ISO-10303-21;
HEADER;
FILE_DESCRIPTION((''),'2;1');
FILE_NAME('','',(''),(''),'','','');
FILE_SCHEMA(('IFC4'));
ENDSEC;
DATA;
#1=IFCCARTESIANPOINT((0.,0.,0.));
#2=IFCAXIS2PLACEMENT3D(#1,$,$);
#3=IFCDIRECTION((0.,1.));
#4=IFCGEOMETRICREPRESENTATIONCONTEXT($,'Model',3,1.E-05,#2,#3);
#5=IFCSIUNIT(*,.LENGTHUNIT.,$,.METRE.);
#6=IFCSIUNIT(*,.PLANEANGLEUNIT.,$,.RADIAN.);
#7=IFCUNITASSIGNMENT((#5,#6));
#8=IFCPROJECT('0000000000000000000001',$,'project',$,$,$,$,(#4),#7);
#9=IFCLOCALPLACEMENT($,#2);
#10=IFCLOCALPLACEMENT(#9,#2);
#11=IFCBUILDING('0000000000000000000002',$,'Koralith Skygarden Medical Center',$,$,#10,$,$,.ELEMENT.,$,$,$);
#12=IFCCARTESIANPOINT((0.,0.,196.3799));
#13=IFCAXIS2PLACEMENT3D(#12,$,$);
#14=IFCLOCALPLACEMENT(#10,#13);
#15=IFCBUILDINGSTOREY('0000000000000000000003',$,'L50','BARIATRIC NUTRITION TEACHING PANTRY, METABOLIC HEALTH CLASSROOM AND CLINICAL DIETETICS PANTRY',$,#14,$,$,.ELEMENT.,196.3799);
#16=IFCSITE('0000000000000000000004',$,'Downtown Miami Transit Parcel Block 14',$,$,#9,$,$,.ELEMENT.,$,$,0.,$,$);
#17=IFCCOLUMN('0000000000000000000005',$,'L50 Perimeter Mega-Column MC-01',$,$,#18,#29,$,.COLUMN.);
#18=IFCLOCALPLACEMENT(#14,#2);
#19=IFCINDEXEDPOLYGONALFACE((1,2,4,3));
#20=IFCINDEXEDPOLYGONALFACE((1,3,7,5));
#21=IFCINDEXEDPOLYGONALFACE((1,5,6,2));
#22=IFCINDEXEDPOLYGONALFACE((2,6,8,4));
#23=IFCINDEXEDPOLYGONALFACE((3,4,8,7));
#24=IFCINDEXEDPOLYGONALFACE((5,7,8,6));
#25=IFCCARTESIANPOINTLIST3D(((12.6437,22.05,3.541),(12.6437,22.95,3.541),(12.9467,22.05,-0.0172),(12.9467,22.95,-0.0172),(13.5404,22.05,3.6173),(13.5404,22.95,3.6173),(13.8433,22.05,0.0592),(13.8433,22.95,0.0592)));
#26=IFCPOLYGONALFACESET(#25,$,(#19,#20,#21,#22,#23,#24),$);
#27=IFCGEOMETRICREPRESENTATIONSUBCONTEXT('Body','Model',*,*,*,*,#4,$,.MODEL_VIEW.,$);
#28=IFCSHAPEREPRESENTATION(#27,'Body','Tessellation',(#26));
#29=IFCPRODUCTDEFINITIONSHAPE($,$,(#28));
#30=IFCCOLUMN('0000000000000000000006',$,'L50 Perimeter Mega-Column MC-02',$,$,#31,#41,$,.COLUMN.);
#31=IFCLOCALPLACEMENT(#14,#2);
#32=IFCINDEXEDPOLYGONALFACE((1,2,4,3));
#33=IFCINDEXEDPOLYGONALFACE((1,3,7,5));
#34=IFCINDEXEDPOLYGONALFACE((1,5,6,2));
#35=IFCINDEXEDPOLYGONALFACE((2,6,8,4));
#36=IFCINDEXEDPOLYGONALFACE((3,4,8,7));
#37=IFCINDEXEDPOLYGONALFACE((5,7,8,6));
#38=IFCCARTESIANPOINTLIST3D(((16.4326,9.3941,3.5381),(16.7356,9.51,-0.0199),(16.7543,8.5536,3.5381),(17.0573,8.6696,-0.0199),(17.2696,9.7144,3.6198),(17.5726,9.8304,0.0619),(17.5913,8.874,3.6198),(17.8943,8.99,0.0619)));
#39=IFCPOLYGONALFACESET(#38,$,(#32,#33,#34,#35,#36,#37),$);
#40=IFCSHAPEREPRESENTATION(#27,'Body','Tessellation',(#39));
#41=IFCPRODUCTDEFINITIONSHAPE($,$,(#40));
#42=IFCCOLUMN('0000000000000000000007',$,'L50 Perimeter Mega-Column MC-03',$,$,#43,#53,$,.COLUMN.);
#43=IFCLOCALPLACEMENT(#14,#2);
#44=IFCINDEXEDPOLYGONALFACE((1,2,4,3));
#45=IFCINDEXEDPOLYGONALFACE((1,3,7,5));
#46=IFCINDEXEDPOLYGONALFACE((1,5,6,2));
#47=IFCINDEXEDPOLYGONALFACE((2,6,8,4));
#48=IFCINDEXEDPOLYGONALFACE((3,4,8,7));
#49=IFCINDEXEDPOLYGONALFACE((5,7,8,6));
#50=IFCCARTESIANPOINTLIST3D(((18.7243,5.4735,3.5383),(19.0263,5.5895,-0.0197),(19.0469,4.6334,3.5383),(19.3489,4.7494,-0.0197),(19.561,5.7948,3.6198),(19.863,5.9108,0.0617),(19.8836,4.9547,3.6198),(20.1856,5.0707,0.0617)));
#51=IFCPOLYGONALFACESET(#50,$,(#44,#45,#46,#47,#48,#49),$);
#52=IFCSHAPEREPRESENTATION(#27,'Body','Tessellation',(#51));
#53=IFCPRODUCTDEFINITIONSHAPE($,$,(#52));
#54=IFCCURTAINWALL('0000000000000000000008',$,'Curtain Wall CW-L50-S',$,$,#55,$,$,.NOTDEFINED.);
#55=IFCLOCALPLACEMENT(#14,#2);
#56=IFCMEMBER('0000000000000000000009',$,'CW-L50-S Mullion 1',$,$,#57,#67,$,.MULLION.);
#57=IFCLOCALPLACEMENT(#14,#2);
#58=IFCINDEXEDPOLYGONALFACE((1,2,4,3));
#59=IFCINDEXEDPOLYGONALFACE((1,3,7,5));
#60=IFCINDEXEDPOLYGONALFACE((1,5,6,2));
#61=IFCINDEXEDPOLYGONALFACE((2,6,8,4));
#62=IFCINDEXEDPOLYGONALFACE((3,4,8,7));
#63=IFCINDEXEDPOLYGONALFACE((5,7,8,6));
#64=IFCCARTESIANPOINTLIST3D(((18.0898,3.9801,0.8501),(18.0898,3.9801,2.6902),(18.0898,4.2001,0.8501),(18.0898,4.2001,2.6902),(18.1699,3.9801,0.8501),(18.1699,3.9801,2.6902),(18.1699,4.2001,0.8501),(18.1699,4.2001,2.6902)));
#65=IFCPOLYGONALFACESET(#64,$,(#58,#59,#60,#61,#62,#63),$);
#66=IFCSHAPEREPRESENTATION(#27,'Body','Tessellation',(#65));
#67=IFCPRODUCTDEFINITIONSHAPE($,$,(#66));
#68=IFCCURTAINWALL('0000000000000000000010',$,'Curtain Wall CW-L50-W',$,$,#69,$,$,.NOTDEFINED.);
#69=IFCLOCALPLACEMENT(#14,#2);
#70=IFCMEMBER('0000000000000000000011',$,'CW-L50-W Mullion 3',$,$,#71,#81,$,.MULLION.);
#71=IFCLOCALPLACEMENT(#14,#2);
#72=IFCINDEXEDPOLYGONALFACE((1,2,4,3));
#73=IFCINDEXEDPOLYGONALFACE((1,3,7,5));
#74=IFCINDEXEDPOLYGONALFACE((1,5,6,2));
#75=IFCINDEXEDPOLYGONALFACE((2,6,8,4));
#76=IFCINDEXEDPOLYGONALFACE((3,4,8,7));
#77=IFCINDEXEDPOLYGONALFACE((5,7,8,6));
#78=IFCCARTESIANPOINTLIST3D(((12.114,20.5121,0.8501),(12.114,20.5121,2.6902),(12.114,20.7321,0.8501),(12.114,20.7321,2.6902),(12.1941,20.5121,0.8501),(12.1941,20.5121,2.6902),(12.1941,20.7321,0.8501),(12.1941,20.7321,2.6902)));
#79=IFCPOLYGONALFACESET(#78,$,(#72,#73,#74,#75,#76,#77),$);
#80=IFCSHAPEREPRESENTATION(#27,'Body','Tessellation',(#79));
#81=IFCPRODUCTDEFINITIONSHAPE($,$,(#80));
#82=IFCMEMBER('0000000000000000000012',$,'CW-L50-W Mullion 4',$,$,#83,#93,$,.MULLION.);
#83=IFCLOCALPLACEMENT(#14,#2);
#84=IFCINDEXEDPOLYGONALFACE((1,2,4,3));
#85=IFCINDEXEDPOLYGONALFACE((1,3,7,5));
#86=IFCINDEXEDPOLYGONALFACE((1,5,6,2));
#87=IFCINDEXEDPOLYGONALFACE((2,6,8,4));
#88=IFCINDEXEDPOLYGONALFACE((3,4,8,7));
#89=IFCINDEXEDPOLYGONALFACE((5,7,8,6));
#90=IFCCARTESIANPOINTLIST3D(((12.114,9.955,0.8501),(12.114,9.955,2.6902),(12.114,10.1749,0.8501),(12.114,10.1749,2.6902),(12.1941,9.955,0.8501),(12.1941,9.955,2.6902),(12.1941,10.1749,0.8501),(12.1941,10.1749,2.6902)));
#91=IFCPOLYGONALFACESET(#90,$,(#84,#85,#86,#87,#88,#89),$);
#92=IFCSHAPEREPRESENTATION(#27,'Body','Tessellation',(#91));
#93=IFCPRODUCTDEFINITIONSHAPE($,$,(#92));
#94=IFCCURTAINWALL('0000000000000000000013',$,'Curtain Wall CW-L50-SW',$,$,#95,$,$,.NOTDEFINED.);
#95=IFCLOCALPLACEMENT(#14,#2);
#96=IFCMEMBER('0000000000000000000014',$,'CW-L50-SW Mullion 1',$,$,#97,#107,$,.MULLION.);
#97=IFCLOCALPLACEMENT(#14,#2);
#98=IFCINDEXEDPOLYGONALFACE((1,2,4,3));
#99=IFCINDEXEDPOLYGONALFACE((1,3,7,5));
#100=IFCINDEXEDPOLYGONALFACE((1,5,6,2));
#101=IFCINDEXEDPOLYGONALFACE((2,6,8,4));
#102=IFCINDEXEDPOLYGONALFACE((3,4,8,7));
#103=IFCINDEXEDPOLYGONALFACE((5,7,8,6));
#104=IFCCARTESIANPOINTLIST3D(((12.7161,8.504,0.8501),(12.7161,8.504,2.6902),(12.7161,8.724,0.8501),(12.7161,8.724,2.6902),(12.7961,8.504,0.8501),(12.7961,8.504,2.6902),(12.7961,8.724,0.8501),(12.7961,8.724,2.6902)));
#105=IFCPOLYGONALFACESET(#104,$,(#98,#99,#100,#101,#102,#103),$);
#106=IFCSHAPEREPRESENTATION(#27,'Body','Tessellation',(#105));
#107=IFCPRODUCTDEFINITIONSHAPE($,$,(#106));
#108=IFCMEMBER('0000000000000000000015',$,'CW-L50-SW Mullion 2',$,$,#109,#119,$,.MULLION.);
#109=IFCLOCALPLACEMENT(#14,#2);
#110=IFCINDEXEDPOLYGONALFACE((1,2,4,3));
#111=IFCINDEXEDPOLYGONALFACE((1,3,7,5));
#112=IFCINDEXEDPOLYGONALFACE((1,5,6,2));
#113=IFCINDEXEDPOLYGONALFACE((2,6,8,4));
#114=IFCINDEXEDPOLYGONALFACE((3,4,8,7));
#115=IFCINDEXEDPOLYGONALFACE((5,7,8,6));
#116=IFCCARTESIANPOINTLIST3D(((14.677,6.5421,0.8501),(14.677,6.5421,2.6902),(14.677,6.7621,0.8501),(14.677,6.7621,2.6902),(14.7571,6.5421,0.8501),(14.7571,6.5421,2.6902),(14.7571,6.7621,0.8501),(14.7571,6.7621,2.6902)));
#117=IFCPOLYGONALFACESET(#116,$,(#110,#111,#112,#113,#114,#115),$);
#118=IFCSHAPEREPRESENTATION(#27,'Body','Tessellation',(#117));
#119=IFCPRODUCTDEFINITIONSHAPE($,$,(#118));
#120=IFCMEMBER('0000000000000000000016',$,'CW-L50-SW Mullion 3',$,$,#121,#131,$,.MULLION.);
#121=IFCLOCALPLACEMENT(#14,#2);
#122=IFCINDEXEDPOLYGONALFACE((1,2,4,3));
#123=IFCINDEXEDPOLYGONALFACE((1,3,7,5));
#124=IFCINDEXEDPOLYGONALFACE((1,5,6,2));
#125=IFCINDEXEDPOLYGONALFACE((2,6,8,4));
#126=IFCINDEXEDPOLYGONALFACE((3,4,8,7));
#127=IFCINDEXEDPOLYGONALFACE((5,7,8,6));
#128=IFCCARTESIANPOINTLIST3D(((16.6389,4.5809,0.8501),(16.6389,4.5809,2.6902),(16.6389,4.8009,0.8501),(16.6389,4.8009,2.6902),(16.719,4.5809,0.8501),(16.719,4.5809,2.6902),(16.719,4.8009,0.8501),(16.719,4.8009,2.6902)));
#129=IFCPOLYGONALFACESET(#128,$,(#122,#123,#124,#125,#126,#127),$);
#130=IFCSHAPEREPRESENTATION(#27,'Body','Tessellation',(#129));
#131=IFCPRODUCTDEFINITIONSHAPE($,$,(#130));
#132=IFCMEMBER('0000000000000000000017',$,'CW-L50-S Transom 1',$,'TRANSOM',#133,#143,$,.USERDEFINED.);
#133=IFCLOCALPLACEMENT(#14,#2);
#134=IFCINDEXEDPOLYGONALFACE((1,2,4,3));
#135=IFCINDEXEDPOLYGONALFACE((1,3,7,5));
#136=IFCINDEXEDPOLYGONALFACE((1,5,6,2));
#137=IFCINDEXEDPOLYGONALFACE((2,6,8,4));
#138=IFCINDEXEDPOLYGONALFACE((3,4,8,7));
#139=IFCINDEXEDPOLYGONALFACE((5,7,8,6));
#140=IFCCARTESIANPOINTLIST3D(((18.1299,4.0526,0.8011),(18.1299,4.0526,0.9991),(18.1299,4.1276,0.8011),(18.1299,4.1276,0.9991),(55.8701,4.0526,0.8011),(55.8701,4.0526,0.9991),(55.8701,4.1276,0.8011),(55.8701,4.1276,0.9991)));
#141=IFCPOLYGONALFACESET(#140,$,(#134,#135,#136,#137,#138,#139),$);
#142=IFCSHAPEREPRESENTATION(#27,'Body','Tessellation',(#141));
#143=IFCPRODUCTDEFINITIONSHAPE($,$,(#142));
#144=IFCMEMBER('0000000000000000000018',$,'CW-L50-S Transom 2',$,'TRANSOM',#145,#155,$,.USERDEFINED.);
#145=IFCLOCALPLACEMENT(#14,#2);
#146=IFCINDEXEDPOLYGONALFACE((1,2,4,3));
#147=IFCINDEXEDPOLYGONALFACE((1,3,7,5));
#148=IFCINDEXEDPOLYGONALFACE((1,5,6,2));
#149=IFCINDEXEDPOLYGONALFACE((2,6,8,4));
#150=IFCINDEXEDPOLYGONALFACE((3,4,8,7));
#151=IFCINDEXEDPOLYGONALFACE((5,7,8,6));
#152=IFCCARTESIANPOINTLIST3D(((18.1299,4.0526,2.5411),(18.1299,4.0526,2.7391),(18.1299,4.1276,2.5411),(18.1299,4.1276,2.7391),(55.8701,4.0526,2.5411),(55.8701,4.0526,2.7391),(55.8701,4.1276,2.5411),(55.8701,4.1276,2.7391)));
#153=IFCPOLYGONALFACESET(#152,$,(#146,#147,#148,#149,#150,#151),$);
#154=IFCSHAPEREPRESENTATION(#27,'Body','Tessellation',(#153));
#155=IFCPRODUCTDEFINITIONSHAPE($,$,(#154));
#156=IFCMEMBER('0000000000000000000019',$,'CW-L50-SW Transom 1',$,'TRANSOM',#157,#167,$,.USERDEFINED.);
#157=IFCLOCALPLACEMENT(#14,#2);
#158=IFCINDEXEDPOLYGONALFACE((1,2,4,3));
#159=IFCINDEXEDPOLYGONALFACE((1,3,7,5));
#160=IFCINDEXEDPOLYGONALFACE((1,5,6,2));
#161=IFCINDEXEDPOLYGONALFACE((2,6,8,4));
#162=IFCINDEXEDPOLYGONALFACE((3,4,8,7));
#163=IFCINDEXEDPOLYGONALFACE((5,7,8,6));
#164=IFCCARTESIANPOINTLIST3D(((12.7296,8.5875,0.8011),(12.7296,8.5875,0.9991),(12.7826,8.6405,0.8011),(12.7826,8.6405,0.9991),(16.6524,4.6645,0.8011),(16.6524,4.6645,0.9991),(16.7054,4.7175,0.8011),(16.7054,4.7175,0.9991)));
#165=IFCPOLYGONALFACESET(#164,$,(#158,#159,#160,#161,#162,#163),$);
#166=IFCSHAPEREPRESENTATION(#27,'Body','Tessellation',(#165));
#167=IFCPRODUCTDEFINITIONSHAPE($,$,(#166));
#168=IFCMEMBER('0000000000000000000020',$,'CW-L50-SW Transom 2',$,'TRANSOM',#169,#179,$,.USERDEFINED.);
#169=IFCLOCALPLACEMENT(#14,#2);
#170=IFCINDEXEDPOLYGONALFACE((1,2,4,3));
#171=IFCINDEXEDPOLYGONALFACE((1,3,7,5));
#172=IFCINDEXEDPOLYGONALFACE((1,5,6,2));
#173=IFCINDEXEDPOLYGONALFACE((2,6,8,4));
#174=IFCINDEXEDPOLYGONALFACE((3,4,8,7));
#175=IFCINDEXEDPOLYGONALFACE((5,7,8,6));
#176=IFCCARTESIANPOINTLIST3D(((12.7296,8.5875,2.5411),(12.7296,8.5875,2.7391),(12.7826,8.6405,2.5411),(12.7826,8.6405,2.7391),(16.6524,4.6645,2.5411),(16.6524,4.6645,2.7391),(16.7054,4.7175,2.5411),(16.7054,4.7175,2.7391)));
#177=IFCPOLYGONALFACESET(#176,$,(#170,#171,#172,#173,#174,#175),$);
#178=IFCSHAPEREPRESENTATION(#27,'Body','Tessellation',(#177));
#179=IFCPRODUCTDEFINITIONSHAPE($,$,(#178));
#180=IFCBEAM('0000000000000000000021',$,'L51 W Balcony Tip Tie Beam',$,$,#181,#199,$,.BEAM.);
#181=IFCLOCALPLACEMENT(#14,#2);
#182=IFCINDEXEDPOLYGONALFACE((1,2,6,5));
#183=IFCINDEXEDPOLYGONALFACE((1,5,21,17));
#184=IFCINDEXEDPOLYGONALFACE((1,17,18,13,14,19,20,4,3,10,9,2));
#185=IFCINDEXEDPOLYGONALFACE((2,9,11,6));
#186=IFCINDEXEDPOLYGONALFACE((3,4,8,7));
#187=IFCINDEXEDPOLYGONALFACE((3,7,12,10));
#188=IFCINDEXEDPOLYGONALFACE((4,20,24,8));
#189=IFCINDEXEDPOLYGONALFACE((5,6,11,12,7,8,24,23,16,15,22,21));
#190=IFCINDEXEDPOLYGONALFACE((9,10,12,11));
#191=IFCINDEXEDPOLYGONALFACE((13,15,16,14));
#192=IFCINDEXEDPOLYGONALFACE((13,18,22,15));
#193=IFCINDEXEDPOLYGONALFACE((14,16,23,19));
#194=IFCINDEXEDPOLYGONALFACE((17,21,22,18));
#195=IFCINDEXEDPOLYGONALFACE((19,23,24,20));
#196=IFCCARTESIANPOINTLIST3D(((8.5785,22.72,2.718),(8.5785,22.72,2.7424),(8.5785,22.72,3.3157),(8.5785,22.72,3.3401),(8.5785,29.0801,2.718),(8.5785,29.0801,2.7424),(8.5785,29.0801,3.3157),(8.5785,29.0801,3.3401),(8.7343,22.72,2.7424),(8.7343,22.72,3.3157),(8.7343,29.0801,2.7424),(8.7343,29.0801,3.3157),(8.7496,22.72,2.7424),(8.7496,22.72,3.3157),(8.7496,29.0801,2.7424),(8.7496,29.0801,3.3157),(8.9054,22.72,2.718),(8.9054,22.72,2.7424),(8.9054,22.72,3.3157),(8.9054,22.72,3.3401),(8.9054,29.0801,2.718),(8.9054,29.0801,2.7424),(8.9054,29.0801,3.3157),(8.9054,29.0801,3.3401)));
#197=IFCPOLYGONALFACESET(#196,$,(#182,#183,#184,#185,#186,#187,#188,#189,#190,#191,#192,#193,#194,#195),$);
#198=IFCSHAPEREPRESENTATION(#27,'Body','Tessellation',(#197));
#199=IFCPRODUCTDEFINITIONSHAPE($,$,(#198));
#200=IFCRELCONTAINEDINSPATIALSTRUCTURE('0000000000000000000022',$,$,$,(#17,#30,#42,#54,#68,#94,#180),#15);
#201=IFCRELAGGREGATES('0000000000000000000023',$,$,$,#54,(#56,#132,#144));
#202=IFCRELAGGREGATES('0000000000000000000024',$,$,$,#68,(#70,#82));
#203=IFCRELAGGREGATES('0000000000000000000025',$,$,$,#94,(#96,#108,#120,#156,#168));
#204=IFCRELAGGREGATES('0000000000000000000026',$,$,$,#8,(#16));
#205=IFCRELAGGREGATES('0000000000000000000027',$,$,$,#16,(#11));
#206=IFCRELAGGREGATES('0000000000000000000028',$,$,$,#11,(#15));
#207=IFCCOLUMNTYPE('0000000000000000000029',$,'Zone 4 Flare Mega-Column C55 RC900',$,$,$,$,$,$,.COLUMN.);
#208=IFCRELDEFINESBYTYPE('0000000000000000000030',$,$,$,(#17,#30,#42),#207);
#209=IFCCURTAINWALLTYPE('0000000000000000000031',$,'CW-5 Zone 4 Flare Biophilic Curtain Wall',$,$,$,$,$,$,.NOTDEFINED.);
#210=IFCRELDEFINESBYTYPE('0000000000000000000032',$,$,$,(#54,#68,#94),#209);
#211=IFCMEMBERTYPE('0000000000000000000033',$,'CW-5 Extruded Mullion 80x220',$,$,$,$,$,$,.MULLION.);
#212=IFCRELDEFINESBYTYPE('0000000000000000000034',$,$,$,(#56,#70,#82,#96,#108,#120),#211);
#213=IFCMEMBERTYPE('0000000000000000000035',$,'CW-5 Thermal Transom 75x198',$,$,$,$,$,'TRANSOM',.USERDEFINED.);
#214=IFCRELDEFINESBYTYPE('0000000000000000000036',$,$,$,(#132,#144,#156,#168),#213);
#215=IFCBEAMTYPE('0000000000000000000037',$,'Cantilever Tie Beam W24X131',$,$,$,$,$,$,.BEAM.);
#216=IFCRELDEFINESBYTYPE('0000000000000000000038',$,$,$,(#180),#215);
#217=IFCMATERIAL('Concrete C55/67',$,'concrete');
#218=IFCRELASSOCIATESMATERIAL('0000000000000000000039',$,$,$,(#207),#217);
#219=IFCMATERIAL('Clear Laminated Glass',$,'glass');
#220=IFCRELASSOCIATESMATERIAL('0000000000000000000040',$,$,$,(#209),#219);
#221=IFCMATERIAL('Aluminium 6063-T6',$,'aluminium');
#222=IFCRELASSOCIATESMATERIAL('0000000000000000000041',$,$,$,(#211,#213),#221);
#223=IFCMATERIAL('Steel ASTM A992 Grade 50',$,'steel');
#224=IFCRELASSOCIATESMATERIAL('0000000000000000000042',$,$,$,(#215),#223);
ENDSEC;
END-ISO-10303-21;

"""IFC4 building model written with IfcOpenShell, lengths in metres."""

from ifc_helpers import new_model, si_unit, direction, frame, origin, origin_2d, place, context, subcontext, project, spatial, rectangle, i_section, extrude, material, material_profile, profile_set, type_object, element, aggregate, save


model = new_model("IFC4")

# Units and contexts
model_context = context("Model", 3, precision=1e-05, world=origin(), true_north=direction((0.0, 1.0)))
body_context = subcontext(model_context, "Body", "Model", "MODEL_VIEW")
ifc_project = project(units=[si_unit("LENGTHUNIT", "METRE"), si_unit("PLANEANGLEUNIT", "RADIAN")], contexts=[model_context])

# Site, building, storey
site_placement = place(None, origin())
site = spatial("IfcSite", under=ifc_project, at=site_placement, Name="Downtown Miami Transit Parcel Block 14", CompositionType="ELEMENT", RefElevation=0.0)
building_placement = place(site_placement, origin())
building = spatial("IfcBuilding", under=site, at=building_placement, Name="Koralith Skygarden Medical Center", CompositionType="ELEMENT")
storey_placement = place(building_placement, frame((0.0, 0.0, 196.3799)))
storey = spatial("IfcBuildingStorey", under=building, at=storey_placement, Name="L50", Description="BARIATRIC NUTRITION TEACHING PANTRY, METABOLIC HEALTH CLASSROOM AND CLINICAL DIETETICS PANTRY", CompositionType="ELEMENT", Elevation=196.3799)

# Columns
ifc_material_1 = material(Name="Concrete C55/67", Category="concrete")
ifc_material_profile_1 = material_profile(ifc_material_1, rectangle(XDim=0.8999, YDim=0.8999, at=origin_2d()), Name="RC900X900")
ifc_profile_set_1 = profile_set([ifc_material_profile_1], Name="Concrete C55/67")
column_type = type_object("IfcColumnType", Name="Zone 4 Flare Mega-Column C55 RC900", PredefinedType="COLUMN", material=ifc_profile_set_1)
column_placement = place(storey_placement, frame((13.395, 22.5, 0.021), z_axis=(-0.084845, 0.0, 0.996394), x_axis=(0.0, -1.0, 0.0)))
element("IfcColumn", 1, at=column_placement, inside=storey, type_object=column_type, Name="L50 Perimeter Mega-Column MC-01", PredefinedType="COLUMN", context=body_context, shape_type="SweptSolid", body=[
    extrude(rectangle(XDim=0.8999, YDim=0.8999, at=origin_2d()), origin(), (0.0, 0.0, 1.0), 3.571),
])
for number, where, z_axis, x_axis, name in (
    (2, (17.3149, 9.25, 0.021), (-0.0848, -0.032458, 0.995869), (0.357466, -0.933926, 0.0), "L50 Perimeter Mega-Column MC-02"),
    (3, (19.606, 5.3301, 0.021), (-0.084529, -0.032458, 0.995892), (0.358473, -0.93354, 0.0), "L50 Perimeter Mega-Column MC-03"),
):
    element("IfcColumn", number, at=place(storey_placement, frame(where, z_axis=z_axis, x_axis=x_axis)), inside=storey, type_object=column_type, Name=name, PredefinedType="COLUMN", context=body_context, shape_type="SweptSolid", body=[
        extrude(rectangle(XDim=0.8999, YDim=0.8999, at=origin_2d()), origin(), (0.0, 0.0, 1.0), 3.5728),
    ])

# Curtain wall, member
ifc_material_2 = material(Name="Clear Laminated Glass", Category="glass")
curtain_wall_type = type_object("IfcCurtainWallType", Name="CW-5 Zone 4 Flare Biophilic Curtain Wall", PredefinedType="NOTDEFINED", material=ifc_material_2)
curtain_wall_1_placement = place(storey_placement, origin())
curtain_wall_1 = element("IfcCurtainWall", 4, at=curtain_wall_1_placement, inside=storey, type_object=curtain_wall_type, Name="Curtain Wall CW-L50-S", PredefinedType="NOTDEFINED")
ifc_material_3 = material(Name="Aluminium 6063-T6", Category="aluminium")
ifc_material_profile_2 = material_profile(ifc_material_3, rectangle(XDim=0.0801, YDim=0.22, at=origin_2d()), Name="MUL80X220")
ifc_profile_set_2 = profile_set([ifc_material_profile_2], Name="Aluminium 6063-T6")
member_type_1 = type_object("IfcMemberType", Name="CW-5 Extruded Mullion 80x220", PredefinedType="MULLION", material=ifc_profile_set_2)
member_1_placement = place(storey_placement, frame((18.1299, 4.0901, 0.8501), z_axis=(0.0, 0.0, 1.0), x_axis=(1.0, 0.0, 0.0)))
member_1 = element("IfcMember", 5, at=member_1_placement, type_object=member_type_1, Name="CW-L50-S Mullion 1", PredefinedType="MULLION", context=body_context, shape_type="SweptSolid", body=[
    extrude(rectangle(XDim=0.0801, YDim=0.22, at=origin_2d()), origin(), (0.0, 0.0, 1.0), 1.8401),
])

# Curtain walls, members
curtain_wall_2_placement = place(storey_placement, origin())
curtain_wall_2 = element("IfcCurtainWall", 6, at=curtain_wall_2_placement, inside=storey, type_object=curtain_wall_type, Name="Curtain Wall CW-L50-W", PredefinedType="NOTDEFINED")
member_2_placement = place(storey_placement, frame((12.1541, 20.6221, 0.8501), z_axis=(0.0, 0.0, 1.0), x_axis=(1.0, 0.0, 0.0)))
member_2 = element("IfcMember", 7, at=member_2_placement, type_object=member_type_1, Name="CW-L50-W Mullion 3", PredefinedType="MULLION", context=body_context, shape_type="SweptSolid", body=[
    extrude(rectangle(XDim=0.0801, YDim=0.22, at=origin_2d()), origin(), (0.0, 0.0, 1.0), 1.8401),
])
member_3_placement = place(storey_placement, frame((12.1541, 10.0649, 0.8501), z_axis=(0.0, 0.0, 1.0), x_axis=(1.0, 0.0, 0.0)))
member_3 = element("IfcMember", 8, at=member_3_placement, type_object=member_type_1, Name="CW-L50-W Mullion 4", PredefinedType="MULLION", context=body_context, shape_type="SweptSolid", body=[
    extrude(rectangle(XDim=0.0801, YDim=0.22, at=origin_2d()), origin(), (0.0, 0.0, 1.0), 1.8401),
])
curtain_wall_3_placement = place(storey_placement, origin())
curtain_wall_3 = element("IfcCurtainWall", 9, at=curtain_wall_3_placement, inside=storey, type_object=curtain_wall_type, Name="Curtain Wall CW-L50-SW", PredefinedType="NOTDEFINED")
member_4_placement = place(storey_placement, frame((12.7561, 8.614, 0.8501), z_axis=(0.0, 0.0, 1.0), x_axis=(1.0, 0.0, 0.0)))
member_4 = element("IfcMember", 10, at=member_4_placement, type_object=member_type_1, Name="CW-L50-SW Mullion 1", PredefinedType="MULLION", context=body_context, shape_type="SweptSolid", body=[
    extrude(rectangle(XDim=0.0801, YDim=0.22, at=origin_2d()), origin(), (0.0, 0.0, 1.0), 1.8401),
])
member_5_placement = place(storey_placement, frame((14.717, 6.6521, 0.8501), z_axis=(0.0, 0.0, 1.0), x_axis=(1.0, 0.0, 0.0)))
member_5 = element("IfcMember", 11, at=member_5_placement, type_object=member_type_1, Name="CW-L50-SW Mullion 2", PredefinedType="MULLION", context=body_context, shape_type="SweptSolid", body=[
    extrude(rectangle(XDim=0.0801, YDim=0.22, at=origin_2d()), origin(), (0.0, 0.0, 1.0), 1.8401),
])
member_6_placement = place(storey_placement, frame((16.679, 4.6909, 0.8501), z_axis=(0.0, 0.0, 1.0), x_axis=(1.0, 0.0, 0.0)))
member_6 = element("IfcMember", 12, at=member_6_placement, type_object=member_type_1, Name="CW-L50-SW Mullion 3", PredefinedType="MULLION", context=body_context, shape_type="SweptSolid", body=[
    extrude(rectangle(XDim=0.0801, YDim=0.22, at=origin_2d()), origin(), (0.0, 0.0, 1.0), 1.8401),
])

# Members
ifc_material_profile_3 = material_profile(ifc_material_3, rectangle(XDim=0.075, YDim=0.198, at=origin_2d()), Name="TRN75X198")
ifc_profile_set_3 = profile_set([ifc_material_profile_3], Name="Aluminium 6063-T6")
member_type_2 = type_object("IfcMemberType", Name="CW-5 Thermal Transom 75x198", ElementType="TRANSOM", PredefinedType="USERDEFINED", material=ifc_profile_set_3)
member_7_placement = place(storey_placement, frame((18.1299, 4.0901, 0.9001), z_axis=(1.0, 0.0, 0.0), x_axis=(0.0, 1.0, 0.0)))
member_7 = element("IfcMember", 13, at=member_7_placement, type_object=member_type_2, Name="CW-L50-S Transom 1", ObjectType="TRANSOM", PredefinedType="USERDEFINED", context=body_context, shape_type="SweptSolid", body=[
    extrude(rectangle(XDim=0.075, YDim=0.198, at=origin_2d()), origin(), (0.0, 0.0, 1.0), 37.7402),
])
member_8_placement = place(storey_placement, frame((18.1299, 4.0901, 2.6401), z_axis=(1.0, 0.0, 0.0), x_axis=(0.0, 1.0, 0.0)))
member_8 = element("IfcMember", 14, at=member_8_placement, type_object=member_type_2, Name="CW-L50-S Transom 2", ObjectType="TRANSOM", PredefinedType="USERDEFINED", context=body_context, shape_type="SweptSolid", body=[
    extrude(rectangle(XDim=0.075, YDim=0.198, at=origin_2d()), origin(), (0.0, 0.0, 1.0), 37.7402),
])
aggregate(curtain_wall_1, [member_1, member_7, member_8])
member_9_placement = place(storey_placement, frame((12.7561, 8.614, 0.9001), z_axis=(0.707085, -0.707129, 0.0), x_axis=(0.707129, 0.707085, 0.0)))
member_9 = element("IfcMember", 15, at=member_9_placement, type_object=member_type_2, Name="CW-L50-SW Transom 1", ObjectType="TRANSOM", PredefinedType="USERDEFINED", context=body_context, shape_type="SweptSolid", body=[
    extrude(rectangle(XDim=0.075, YDim=0.198, at=origin_2d()), origin(), (0.0, 0.0, 1.0), 5.5479),
])
member_10_placement = place(storey_placement, frame((12.7561, 8.614, 2.6401), z_axis=(0.707085, -0.707129, 0.0), x_axis=(0.707129, 0.707085, 0.0)))
member_10 = element("IfcMember", 16, at=member_10_placement, type_object=member_type_2, Name="CW-L50-SW Transom 2", ObjectType="TRANSOM", PredefinedType="USERDEFINED", context=body_context, shape_type="SweptSolid", body=[
    extrude(rectangle(XDim=0.075, YDim=0.198, at=origin_2d()), origin(), (0.0, 0.0, 1.0), 5.5479),
])

# Beam
ifc_material_4 = material(Name="Steel ASTM A992 Grade 50", Category="steel")
ifc_material_profile_4 = material_profile(ifc_material_4, i_section(OverallWidth=0.3269, OverallDepth=0.6221, WebThickness=0.0154, FlangeThickness=0.0244, at=origin_2d()), Name="W24X131")
ifc_profile_set_4 = profile_set([ifc_material_profile_4], Name="Steel ASTM A992 Grade 50")
beam_type_1 = type_object("IfcBeamType", Name="Cantilever Tie Beam W24X131", PredefinedType="BEAM", material=ifc_profile_set_4)
beam_1_placement = place(storey_placement, frame((8.7419, 22.72, 3.0291), z_axis=(0.0, 1.0, 0.0), x_axis=(-1.0, 0.0, 0.0)))
element("IfcBeam", 17, at=beam_1_placement, inside=storey, type_object=beam_type_1, Name="L51 W Balcony Tip Tie Beam", PredefinedType="BEAM", context=body_context, shape_type="SweptSolid", body=[
    extrude(i_section(OverallWidth=0.3269, OverallDepth=0.6221, WebThickness=0.0154, FlangeThickness=0.0244, at=origin_2d()), origin(), (0.0, 0.0, 1.0), 6.3601),
])

aggregate(curtain_wall_2, [member_2, member_3])
aggregate(curtain_wall_3, [member_4, member_5, member_6, member_9, member_10])

save(model, "model.ifc")
